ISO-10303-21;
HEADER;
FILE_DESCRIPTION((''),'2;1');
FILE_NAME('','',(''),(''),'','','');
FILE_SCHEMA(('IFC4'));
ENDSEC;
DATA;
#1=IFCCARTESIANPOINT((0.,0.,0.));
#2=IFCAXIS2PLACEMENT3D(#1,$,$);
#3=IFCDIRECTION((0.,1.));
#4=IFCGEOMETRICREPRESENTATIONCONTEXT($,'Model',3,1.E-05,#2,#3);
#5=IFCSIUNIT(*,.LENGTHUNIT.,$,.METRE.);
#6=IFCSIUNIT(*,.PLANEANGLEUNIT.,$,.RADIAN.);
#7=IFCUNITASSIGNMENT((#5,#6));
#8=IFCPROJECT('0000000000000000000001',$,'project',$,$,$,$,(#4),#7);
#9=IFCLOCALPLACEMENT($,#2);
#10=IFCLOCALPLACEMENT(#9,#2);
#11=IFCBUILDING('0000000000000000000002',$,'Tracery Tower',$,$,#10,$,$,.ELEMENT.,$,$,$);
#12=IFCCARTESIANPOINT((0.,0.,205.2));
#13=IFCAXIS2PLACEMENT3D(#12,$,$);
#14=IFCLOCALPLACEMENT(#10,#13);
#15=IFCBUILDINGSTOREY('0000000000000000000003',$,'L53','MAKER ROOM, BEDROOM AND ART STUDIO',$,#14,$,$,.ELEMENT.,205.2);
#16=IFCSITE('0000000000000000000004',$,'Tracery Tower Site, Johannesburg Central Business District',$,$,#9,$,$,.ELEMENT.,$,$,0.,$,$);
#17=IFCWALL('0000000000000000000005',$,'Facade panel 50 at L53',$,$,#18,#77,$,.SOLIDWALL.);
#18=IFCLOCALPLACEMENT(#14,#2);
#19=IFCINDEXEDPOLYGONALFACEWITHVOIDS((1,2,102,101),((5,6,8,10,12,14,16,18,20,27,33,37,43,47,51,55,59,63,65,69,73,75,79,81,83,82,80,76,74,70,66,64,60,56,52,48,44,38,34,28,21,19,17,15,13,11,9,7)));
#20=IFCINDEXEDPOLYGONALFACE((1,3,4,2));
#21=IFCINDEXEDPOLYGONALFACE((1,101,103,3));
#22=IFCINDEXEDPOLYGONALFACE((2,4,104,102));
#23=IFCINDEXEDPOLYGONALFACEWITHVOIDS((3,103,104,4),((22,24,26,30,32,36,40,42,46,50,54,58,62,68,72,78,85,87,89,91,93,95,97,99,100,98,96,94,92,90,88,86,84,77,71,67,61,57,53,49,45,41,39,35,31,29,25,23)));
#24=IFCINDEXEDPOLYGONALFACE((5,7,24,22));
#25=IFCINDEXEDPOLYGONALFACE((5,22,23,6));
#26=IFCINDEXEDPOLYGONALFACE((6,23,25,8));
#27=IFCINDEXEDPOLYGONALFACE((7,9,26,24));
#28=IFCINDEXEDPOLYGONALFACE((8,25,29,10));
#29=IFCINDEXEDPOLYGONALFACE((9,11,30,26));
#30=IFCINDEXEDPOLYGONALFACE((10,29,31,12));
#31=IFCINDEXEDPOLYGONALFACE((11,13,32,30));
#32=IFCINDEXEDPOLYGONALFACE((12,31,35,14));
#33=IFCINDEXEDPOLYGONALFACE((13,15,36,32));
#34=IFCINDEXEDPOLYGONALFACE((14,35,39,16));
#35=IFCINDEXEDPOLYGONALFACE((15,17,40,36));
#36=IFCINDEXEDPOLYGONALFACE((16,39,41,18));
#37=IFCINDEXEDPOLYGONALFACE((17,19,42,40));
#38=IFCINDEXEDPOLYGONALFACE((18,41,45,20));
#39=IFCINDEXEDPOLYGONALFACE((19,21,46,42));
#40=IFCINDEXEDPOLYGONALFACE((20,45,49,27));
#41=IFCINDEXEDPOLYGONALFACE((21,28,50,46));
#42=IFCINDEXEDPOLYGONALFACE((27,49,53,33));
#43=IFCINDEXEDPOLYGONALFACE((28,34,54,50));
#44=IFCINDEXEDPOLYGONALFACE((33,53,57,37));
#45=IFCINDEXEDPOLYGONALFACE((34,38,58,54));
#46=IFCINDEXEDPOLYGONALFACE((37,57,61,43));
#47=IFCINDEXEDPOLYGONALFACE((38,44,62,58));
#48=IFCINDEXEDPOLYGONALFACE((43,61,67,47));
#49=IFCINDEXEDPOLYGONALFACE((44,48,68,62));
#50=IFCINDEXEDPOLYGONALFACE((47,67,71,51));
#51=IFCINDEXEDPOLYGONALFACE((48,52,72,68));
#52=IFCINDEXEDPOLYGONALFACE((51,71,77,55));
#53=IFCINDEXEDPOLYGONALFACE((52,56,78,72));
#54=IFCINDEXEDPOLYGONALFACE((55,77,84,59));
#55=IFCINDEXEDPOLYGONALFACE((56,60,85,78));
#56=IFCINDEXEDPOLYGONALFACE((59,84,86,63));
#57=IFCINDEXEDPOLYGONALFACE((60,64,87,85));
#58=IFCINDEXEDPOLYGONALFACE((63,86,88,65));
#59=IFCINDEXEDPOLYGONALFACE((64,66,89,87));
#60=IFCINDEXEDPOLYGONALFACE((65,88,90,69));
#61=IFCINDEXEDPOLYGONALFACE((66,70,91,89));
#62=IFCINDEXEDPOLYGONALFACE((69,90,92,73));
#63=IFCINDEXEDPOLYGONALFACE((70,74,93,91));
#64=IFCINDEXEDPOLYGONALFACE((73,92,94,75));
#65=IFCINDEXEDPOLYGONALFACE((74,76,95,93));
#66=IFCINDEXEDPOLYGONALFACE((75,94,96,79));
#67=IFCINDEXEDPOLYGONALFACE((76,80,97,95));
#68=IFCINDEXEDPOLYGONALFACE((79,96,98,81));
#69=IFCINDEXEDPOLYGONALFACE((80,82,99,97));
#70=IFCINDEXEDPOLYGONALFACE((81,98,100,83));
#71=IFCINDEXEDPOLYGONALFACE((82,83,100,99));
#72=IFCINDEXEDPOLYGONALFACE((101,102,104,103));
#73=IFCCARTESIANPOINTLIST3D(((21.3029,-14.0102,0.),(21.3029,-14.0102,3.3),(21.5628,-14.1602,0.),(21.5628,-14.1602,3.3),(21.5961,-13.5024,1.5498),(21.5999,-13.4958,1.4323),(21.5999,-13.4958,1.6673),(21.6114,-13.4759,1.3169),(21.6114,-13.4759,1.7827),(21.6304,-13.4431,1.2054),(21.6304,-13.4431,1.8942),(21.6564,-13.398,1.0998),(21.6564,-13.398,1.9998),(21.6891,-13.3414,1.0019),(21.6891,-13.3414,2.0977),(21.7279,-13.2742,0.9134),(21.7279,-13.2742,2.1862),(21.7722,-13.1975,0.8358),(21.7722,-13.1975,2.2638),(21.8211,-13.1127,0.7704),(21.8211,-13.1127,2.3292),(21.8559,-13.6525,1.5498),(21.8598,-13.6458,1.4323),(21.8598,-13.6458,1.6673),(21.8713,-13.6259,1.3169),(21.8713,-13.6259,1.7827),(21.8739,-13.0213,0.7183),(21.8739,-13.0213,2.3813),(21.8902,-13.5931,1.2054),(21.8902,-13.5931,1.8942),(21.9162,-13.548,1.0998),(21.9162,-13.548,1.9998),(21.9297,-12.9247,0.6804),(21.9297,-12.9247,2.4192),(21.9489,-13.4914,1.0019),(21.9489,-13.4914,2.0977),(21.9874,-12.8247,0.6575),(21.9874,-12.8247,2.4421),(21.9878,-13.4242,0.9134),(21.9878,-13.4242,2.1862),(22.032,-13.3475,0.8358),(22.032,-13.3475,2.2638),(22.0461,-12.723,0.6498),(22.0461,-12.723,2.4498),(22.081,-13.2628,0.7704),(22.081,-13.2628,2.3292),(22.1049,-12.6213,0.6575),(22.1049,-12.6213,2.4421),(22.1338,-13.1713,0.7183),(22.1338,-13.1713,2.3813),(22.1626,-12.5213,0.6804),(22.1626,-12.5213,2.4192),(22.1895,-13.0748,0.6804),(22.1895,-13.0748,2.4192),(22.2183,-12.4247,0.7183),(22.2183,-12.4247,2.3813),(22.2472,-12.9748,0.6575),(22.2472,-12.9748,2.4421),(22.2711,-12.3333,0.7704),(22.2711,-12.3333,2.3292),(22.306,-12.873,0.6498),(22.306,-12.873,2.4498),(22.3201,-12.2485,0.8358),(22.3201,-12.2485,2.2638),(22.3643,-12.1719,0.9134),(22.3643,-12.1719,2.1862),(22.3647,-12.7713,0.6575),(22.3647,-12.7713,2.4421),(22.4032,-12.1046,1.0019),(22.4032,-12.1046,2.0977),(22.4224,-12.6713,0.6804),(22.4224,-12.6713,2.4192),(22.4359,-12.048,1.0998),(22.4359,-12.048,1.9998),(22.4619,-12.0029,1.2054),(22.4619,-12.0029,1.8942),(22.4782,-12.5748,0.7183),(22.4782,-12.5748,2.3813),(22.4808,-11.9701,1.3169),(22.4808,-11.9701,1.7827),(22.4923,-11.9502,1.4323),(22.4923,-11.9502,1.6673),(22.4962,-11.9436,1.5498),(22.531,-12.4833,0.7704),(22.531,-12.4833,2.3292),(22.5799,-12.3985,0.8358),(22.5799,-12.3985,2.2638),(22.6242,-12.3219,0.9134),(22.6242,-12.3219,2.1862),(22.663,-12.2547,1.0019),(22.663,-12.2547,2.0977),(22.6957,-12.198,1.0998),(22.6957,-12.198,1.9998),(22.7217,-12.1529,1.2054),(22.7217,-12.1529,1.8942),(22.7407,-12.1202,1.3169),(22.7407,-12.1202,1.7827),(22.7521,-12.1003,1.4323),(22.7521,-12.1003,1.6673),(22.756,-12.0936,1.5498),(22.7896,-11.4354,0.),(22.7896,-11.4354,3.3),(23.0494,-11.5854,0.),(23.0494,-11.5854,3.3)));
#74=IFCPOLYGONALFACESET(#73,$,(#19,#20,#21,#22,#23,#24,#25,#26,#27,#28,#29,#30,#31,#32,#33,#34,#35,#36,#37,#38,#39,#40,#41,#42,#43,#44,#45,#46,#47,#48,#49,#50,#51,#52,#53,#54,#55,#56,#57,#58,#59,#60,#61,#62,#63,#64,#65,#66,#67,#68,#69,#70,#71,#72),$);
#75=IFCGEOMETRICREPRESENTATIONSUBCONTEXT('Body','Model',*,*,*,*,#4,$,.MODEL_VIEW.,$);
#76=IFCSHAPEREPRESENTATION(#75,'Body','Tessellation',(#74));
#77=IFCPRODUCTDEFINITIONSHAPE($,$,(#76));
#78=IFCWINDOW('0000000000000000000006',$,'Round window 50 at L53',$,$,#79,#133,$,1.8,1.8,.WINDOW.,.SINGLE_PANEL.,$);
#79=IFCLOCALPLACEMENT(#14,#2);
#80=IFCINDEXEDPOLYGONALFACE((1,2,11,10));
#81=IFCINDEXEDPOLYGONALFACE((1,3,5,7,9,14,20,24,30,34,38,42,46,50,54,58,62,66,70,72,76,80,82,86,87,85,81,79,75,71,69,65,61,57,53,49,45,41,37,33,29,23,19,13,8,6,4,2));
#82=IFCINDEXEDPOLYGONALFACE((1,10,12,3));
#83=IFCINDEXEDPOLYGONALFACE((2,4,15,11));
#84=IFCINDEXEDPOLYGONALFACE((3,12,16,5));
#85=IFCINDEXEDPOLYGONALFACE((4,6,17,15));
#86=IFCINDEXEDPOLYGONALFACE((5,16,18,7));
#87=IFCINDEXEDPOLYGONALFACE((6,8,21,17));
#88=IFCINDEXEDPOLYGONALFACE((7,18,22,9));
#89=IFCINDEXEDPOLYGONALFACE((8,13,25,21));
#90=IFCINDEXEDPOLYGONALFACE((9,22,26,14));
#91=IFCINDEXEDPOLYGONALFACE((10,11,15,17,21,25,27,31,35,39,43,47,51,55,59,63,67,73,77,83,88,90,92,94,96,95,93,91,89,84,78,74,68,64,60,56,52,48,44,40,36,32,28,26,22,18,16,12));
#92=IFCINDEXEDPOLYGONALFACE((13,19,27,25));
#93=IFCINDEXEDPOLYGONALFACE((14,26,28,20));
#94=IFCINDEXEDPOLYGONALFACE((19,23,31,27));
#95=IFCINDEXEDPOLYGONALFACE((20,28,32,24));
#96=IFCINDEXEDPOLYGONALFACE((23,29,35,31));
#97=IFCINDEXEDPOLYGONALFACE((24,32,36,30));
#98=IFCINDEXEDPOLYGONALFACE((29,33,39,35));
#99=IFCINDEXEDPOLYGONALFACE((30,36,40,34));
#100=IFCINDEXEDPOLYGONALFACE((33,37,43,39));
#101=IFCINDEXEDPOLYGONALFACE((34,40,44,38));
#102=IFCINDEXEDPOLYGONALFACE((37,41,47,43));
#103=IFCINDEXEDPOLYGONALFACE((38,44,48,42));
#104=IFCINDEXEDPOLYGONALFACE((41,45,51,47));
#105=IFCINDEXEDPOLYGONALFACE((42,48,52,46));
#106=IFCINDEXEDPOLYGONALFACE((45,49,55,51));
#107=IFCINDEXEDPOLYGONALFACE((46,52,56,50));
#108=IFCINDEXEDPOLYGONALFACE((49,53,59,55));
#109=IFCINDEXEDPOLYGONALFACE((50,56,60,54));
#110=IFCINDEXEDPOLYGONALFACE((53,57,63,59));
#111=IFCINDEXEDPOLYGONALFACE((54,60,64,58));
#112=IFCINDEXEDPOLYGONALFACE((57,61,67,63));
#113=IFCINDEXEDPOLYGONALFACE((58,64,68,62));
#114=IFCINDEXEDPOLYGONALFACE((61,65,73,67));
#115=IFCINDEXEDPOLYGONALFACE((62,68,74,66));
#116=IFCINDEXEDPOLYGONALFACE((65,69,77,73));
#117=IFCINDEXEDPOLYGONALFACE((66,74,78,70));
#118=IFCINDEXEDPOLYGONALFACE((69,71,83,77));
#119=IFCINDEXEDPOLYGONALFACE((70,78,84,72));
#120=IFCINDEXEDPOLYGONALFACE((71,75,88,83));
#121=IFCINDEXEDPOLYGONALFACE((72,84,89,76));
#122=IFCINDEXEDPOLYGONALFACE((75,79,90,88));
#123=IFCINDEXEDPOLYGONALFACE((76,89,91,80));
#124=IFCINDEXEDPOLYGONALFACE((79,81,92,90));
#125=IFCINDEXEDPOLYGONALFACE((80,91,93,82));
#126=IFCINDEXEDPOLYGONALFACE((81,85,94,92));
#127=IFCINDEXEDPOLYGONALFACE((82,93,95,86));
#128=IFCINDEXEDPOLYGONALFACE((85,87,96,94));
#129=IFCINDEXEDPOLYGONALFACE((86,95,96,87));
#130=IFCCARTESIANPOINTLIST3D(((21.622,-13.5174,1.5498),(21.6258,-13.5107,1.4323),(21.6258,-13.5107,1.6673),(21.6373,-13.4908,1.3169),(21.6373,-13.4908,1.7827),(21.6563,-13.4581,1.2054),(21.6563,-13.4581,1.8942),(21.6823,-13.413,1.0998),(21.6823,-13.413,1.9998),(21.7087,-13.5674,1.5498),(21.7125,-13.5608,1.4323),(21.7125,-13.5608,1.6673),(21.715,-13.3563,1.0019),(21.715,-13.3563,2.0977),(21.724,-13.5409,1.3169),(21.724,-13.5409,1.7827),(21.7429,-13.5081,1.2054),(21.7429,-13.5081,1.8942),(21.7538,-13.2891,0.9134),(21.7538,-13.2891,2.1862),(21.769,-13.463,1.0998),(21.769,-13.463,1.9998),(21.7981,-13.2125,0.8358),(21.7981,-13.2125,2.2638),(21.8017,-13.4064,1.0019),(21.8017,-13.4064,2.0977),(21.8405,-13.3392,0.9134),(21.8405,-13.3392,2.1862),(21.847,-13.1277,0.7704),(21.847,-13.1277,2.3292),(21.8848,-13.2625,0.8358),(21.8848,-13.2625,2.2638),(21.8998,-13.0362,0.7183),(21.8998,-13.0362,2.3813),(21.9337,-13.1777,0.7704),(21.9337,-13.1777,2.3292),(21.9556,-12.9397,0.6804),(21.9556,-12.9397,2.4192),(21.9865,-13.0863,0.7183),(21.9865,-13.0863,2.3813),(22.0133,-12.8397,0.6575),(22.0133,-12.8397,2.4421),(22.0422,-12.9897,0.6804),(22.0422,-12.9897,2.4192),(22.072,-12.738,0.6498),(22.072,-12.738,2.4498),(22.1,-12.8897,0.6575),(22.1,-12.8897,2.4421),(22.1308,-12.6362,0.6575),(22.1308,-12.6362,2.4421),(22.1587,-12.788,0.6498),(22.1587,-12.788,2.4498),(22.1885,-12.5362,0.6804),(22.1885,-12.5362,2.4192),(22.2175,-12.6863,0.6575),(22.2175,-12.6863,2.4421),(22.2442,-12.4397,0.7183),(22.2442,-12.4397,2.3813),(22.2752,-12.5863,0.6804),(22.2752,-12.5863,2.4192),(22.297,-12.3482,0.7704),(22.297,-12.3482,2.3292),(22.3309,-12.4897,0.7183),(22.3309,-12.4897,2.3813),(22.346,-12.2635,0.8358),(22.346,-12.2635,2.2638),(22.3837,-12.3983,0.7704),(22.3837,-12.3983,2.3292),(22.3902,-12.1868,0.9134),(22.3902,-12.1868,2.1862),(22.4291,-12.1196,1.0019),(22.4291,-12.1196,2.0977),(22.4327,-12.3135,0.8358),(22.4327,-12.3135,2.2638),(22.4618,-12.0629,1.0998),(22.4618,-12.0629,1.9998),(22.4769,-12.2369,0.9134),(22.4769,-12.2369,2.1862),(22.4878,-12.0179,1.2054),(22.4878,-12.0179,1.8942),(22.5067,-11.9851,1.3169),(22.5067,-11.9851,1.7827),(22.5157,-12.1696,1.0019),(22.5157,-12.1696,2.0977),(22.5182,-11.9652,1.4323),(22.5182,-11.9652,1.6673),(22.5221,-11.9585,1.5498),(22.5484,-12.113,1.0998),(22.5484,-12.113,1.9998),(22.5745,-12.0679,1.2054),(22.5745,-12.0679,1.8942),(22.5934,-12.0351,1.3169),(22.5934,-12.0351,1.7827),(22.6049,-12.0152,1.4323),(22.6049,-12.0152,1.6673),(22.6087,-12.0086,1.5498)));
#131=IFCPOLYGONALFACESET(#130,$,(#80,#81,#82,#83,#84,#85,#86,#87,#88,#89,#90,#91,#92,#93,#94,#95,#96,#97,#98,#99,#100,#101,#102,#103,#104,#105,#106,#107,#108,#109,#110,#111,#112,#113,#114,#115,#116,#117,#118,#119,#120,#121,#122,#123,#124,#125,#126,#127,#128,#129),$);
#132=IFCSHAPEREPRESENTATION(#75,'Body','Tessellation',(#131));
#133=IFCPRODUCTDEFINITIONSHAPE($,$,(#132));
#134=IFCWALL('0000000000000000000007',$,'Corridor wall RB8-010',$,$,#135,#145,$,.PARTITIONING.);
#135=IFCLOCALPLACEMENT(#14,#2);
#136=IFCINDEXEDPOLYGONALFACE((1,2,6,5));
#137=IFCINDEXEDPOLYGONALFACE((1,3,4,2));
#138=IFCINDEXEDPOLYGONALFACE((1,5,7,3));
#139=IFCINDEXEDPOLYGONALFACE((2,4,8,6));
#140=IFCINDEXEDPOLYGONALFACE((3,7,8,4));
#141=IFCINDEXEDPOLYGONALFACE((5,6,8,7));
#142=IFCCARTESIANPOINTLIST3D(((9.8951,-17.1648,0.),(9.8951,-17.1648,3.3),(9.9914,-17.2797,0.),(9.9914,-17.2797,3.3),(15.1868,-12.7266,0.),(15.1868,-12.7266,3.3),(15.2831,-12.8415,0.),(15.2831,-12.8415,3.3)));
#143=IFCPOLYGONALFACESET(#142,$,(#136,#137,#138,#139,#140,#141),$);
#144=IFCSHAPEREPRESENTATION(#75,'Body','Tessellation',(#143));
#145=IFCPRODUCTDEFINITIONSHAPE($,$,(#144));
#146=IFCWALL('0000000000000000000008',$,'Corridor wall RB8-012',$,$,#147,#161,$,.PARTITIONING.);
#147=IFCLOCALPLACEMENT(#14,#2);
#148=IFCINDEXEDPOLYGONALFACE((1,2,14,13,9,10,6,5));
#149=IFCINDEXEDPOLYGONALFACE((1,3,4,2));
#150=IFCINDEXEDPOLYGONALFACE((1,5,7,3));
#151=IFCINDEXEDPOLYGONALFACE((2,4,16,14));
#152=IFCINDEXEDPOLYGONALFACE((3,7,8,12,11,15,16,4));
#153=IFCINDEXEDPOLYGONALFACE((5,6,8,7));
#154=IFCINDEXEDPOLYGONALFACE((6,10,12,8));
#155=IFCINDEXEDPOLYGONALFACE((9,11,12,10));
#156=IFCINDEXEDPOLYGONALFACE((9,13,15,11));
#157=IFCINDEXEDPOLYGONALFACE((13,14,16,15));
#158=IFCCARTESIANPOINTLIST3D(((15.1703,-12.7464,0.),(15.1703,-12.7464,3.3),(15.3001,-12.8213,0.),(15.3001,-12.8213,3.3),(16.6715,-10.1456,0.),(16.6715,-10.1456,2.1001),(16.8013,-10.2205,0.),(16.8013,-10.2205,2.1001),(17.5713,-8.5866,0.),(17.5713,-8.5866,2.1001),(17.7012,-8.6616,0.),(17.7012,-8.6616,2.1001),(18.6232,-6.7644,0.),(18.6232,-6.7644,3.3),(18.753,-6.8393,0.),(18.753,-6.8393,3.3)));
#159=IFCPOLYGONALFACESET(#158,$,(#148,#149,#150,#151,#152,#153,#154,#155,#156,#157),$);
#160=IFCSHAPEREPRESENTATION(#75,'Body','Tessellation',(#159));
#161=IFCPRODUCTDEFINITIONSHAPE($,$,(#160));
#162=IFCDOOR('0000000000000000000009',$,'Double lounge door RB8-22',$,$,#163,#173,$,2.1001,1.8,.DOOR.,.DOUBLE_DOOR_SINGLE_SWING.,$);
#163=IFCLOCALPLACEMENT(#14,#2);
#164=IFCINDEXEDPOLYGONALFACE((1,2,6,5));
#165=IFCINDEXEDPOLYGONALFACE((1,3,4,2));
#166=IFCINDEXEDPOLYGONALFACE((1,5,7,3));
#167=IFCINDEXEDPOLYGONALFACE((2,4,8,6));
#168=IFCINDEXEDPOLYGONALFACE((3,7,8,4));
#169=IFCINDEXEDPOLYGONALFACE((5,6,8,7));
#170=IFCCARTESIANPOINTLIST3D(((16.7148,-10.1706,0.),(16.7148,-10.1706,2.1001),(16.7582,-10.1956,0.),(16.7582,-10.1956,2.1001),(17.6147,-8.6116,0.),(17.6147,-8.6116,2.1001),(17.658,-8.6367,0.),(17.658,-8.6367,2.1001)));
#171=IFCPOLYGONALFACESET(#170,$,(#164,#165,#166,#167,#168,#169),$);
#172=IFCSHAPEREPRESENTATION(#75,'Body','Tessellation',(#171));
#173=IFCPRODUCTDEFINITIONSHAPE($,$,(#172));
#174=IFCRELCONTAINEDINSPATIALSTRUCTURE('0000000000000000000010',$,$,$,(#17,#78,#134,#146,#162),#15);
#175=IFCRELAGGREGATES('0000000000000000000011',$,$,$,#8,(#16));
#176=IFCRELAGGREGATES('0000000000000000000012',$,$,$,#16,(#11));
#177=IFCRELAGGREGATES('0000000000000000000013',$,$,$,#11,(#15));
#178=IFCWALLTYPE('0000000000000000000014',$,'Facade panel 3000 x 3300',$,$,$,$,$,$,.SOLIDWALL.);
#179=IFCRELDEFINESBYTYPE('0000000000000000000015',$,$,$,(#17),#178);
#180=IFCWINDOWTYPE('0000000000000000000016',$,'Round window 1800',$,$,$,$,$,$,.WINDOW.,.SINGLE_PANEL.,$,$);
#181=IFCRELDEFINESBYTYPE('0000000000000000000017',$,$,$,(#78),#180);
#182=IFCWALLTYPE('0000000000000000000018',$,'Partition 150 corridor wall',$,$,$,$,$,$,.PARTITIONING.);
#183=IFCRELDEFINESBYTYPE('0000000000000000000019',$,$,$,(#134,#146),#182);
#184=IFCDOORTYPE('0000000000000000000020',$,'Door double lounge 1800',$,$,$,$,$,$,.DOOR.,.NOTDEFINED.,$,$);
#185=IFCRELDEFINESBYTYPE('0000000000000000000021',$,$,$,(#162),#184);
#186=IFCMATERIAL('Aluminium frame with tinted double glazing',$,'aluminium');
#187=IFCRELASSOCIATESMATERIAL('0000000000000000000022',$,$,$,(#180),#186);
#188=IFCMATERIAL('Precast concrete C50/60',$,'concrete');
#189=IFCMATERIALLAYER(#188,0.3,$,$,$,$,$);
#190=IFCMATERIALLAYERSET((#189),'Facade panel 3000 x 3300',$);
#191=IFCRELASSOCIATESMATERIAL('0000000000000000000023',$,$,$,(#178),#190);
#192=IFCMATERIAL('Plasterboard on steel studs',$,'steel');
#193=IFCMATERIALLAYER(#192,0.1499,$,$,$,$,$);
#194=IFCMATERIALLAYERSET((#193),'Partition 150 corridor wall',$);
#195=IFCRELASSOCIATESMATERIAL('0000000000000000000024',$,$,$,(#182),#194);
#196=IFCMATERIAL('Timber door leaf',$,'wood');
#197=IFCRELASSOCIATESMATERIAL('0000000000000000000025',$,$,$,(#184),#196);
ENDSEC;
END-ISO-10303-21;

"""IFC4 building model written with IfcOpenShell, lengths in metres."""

from ifc_helpers import new_model, si_unit, direction, frame, frame_2d, origin, origin_2d, place, context, subcontext, project, spatial, rectangle, circle, extrude, material, layer, layer_set, type_object, element, fill, save


model = new_model("IFC4")

# Units and contexts
model_context = context("Model", 3, precision=1e-05, world=origin(), true_north=direction((0.0, 1.0)))
body_context = subcontext(model_context, "Body", "Model", "MODEL_VIEW")
ifc_project = project(units=[si_unit("LENGTHUNIT", "METRE"), si_unit("PLANEANGLEUNIT", "RADIAN")], contexts=[model_context])

# Site, building, storey
site_placement = place(None, origin())
site = spatial("IfcSite", under=ifc_project, at=site_placement, Name="Tracery Tower Site, Johannesburg Central Business District", CompositionType="ELEMENT", RefElevation=0.0)
building_placement = place(site_placement, origin())
building = spatial("IfcBuilding", under=site, at=building_placement, Name="Tracery Tower", CompositionType="ELEMENT")
storey_placement = place(building_placement, frame((0.0, 0.0, 205.2)))
storey = spatial("IfcBuildingStorey", under=building, at=storey_placement, Name="L53", Description="MAKER ROOM, BEDROOM AND ART STUDIO", CompositionType="ELEMENT", Elevation=205.2)

# Wall, opening, window
ifc_material_1 = material(Name="Aluminium frame with tinted double glazing", Category="aluminium")
window_type = type_object("IfcWindowType", Name="Round window 1800", PartitioningType="SINGLE_PANEL", PredefinedType="WINDOW", material=ifc_material_1)
ifc_material_2 = material(Name="Precast concrete C50/60", Category="concrete")
ifc_layer_1 = layer(ifc_material_2, 0.3)
ifc_layer_set_1 = layer_set([ifc_layer_1], Name="Facade panel 3000 x 3300")
wall_type_1 = type_object("IfcWallType", Name="Facade panel 3000 x 3300", PredefinedType="SOLIDWALL", material=ifc_layer_set_1)
wall_1_placement = place(storey_placement, frame((21.4329, -14.0852, 0.0), z_axis=(0.0, 0.0, 1.0), x_axis=(0.500016, 0.866016, 0.0)))
wall_1 = element("IfcWall", 1, at=wall_1_placement, inside=storey, type_object=wall_type_1, Name="Facade panel 50 at L53", PredefinedType="SOLIDWALL", context=body_context, shape_type="SweptSolid", body=[
    extrude(rectangle(XDim=2.9731, YDim=0.3, at=frame_2d((1.4866, 0.0))), origin(), (0.0, 0.0, 1.0), 3.3),
])
opening_1_placement = place(wall_1_placement, frame((1.4863, 0.0, 1.5498)))
opening_1 = element("IfcOpeningElement", 2, at=opening_1_placement, cuts=wall_1, PredefinedType="OPENING", context=body_context, shape_type="SweptSolid", body=[
    extrude(circle(Radius=0.9, at=origin_2d()), frame((0.0, 0.1599, 0.0), z_axis=(0.0, -1.0, 0.0), x_axis=(1.0, 0.0, 0.0)), (0.0, 0.0, 1.0), 0.3201),
])
window_1_placement = place(opening_1_placement, origin())
window_1 = element("IfcWindow", 3, at=window_1_placement, inside=storey, type_object=window_type, Name="Round window 50 at L53", OverallHeight=1.8, OverallWidth=1.8, PartitioningType="SINGLE_PANEL", PredefinedType="WINDOW", context=body_context, shape_type="SweptSolid", body=[
    extrude(circle(Radius=0.9, at=origin_2d()), frame((0.0, 0.1201, 0.0), z_axis=(0.0, -1.0, 0.0), x_axis=(1.0, 0.0, 0.0)), (0.0, 0.0, 1.0), 0.1001),
])
fill(opening_1, window_1)

# Wall
ifc_material_3 = material(Name="Plasterboard on steel studs", Category="steel")
ifc_layer_2 = layer(ifc_material_3, 0.1499)
ifc_layer_set_2 = layer_set([ifc_layer_2], Name="Partition 150 corridor wall")
wall_type_2 = type_object("IfcWallType", Name="Partition 150 corridor wall", PredefinedType="PARTITIONING", material=ifc_layer_set_2)
wall_2_placement = place(storey_placement, frame((9.9434, -17.2222, 0.0), z_axis=(0.0, 0.0, 1.0), x_axis=(0.766192, 0.642612, 0.0)))
element("IfcWall", 4, at=wall_2_placement, inside=storey, type_object=wall_type_2, Name="Corridor wall RB8-010", PredefinedType="PARTITIONING", context=body_context, shape_type="SweptSolid", body=[
    extrude(rectangle(XDim=6.9065, YDim=0.1499, at=frame_2d((3.4531, 0.0))), origin(), (0.0, 0.0, 1.0), 3.3),
])

# Wall, opening, door
wall_3_placement = place(storey_placement, frame((15.2351, -12.7839, 0.0), z_axis=(0.0, 0.0, 1.0), x_axis=(0.499914, 0.866075, 0.0)))
wall_3 = element("IfcWall", 5, at=wall_3_placement, inside=storey, type_object=wall_type_2, Name="Corridor wall RB8-012", PredefinedType="PARTITIONING", context=body_context, shape_type="SweptSolid", body=[
    extrude(rectangle(XDim=6.907, YDim=0.1499, at=frame_2d((3.4536, 0.0))), origin(), (0.0, 0.0, 1.0), 3.3),
])
opening_2_placement = place(wall_3_placement, frame((3.0032, 0.0, 0.0)))
opening_2 = element("IfcOpeningElement", 6, at=opening_2_placement, cuts=wall_3, PredefinedType="OPENING", context=body_context, shape_type="SweptSolid", body=[
    extrude(rectangle(XDim=1.8, YDim=2.1001, at=frame_2d((0.8999, 1.05))), frame((0.0, 0.075, 0.0), z_axis=(0.0, -1.0, 0.0), x_axis=(1.0, 0.0, 0.0)), (0.0, 0.0, 1.0), 0.1499),
])
ifc_material_4 = material(Name="Timber door leaf", Category="wood")
door_type = type_object("IfcDoorType", Name="Door double lounge 1800", OperationType="NOTDEFINED", PredefinedType="DOOR", material=ifc_material_4)
door_placement = place(opening_2_placement, origin())
door = element("IfcDoor", 7, at=door_placement, inside=storey, type_object=door_type, Name="Double lounge door RB8-22", OperationType="DOUBLE_DOOR_SINGLE_SWING", OverallHeight=2.1001, OverallWidth=1.8, PredefinedType="DOOR", context=body_context, shape_type="SweptSolid", body=[
    extrude(rectangle(XDim=1.8, YDim=2.1001, at=frame_2d((0.8999, 1.05))), frame((0.0, 0.0249, 0.0), z_axis=(0.0, -1.0, 0.0), x_axis=(1.0, 0.0, 0.0)), (0.0, 0.0, 1.0), 0.05),
])
fill(opening_2, door)

save(model, "model.ifc")
